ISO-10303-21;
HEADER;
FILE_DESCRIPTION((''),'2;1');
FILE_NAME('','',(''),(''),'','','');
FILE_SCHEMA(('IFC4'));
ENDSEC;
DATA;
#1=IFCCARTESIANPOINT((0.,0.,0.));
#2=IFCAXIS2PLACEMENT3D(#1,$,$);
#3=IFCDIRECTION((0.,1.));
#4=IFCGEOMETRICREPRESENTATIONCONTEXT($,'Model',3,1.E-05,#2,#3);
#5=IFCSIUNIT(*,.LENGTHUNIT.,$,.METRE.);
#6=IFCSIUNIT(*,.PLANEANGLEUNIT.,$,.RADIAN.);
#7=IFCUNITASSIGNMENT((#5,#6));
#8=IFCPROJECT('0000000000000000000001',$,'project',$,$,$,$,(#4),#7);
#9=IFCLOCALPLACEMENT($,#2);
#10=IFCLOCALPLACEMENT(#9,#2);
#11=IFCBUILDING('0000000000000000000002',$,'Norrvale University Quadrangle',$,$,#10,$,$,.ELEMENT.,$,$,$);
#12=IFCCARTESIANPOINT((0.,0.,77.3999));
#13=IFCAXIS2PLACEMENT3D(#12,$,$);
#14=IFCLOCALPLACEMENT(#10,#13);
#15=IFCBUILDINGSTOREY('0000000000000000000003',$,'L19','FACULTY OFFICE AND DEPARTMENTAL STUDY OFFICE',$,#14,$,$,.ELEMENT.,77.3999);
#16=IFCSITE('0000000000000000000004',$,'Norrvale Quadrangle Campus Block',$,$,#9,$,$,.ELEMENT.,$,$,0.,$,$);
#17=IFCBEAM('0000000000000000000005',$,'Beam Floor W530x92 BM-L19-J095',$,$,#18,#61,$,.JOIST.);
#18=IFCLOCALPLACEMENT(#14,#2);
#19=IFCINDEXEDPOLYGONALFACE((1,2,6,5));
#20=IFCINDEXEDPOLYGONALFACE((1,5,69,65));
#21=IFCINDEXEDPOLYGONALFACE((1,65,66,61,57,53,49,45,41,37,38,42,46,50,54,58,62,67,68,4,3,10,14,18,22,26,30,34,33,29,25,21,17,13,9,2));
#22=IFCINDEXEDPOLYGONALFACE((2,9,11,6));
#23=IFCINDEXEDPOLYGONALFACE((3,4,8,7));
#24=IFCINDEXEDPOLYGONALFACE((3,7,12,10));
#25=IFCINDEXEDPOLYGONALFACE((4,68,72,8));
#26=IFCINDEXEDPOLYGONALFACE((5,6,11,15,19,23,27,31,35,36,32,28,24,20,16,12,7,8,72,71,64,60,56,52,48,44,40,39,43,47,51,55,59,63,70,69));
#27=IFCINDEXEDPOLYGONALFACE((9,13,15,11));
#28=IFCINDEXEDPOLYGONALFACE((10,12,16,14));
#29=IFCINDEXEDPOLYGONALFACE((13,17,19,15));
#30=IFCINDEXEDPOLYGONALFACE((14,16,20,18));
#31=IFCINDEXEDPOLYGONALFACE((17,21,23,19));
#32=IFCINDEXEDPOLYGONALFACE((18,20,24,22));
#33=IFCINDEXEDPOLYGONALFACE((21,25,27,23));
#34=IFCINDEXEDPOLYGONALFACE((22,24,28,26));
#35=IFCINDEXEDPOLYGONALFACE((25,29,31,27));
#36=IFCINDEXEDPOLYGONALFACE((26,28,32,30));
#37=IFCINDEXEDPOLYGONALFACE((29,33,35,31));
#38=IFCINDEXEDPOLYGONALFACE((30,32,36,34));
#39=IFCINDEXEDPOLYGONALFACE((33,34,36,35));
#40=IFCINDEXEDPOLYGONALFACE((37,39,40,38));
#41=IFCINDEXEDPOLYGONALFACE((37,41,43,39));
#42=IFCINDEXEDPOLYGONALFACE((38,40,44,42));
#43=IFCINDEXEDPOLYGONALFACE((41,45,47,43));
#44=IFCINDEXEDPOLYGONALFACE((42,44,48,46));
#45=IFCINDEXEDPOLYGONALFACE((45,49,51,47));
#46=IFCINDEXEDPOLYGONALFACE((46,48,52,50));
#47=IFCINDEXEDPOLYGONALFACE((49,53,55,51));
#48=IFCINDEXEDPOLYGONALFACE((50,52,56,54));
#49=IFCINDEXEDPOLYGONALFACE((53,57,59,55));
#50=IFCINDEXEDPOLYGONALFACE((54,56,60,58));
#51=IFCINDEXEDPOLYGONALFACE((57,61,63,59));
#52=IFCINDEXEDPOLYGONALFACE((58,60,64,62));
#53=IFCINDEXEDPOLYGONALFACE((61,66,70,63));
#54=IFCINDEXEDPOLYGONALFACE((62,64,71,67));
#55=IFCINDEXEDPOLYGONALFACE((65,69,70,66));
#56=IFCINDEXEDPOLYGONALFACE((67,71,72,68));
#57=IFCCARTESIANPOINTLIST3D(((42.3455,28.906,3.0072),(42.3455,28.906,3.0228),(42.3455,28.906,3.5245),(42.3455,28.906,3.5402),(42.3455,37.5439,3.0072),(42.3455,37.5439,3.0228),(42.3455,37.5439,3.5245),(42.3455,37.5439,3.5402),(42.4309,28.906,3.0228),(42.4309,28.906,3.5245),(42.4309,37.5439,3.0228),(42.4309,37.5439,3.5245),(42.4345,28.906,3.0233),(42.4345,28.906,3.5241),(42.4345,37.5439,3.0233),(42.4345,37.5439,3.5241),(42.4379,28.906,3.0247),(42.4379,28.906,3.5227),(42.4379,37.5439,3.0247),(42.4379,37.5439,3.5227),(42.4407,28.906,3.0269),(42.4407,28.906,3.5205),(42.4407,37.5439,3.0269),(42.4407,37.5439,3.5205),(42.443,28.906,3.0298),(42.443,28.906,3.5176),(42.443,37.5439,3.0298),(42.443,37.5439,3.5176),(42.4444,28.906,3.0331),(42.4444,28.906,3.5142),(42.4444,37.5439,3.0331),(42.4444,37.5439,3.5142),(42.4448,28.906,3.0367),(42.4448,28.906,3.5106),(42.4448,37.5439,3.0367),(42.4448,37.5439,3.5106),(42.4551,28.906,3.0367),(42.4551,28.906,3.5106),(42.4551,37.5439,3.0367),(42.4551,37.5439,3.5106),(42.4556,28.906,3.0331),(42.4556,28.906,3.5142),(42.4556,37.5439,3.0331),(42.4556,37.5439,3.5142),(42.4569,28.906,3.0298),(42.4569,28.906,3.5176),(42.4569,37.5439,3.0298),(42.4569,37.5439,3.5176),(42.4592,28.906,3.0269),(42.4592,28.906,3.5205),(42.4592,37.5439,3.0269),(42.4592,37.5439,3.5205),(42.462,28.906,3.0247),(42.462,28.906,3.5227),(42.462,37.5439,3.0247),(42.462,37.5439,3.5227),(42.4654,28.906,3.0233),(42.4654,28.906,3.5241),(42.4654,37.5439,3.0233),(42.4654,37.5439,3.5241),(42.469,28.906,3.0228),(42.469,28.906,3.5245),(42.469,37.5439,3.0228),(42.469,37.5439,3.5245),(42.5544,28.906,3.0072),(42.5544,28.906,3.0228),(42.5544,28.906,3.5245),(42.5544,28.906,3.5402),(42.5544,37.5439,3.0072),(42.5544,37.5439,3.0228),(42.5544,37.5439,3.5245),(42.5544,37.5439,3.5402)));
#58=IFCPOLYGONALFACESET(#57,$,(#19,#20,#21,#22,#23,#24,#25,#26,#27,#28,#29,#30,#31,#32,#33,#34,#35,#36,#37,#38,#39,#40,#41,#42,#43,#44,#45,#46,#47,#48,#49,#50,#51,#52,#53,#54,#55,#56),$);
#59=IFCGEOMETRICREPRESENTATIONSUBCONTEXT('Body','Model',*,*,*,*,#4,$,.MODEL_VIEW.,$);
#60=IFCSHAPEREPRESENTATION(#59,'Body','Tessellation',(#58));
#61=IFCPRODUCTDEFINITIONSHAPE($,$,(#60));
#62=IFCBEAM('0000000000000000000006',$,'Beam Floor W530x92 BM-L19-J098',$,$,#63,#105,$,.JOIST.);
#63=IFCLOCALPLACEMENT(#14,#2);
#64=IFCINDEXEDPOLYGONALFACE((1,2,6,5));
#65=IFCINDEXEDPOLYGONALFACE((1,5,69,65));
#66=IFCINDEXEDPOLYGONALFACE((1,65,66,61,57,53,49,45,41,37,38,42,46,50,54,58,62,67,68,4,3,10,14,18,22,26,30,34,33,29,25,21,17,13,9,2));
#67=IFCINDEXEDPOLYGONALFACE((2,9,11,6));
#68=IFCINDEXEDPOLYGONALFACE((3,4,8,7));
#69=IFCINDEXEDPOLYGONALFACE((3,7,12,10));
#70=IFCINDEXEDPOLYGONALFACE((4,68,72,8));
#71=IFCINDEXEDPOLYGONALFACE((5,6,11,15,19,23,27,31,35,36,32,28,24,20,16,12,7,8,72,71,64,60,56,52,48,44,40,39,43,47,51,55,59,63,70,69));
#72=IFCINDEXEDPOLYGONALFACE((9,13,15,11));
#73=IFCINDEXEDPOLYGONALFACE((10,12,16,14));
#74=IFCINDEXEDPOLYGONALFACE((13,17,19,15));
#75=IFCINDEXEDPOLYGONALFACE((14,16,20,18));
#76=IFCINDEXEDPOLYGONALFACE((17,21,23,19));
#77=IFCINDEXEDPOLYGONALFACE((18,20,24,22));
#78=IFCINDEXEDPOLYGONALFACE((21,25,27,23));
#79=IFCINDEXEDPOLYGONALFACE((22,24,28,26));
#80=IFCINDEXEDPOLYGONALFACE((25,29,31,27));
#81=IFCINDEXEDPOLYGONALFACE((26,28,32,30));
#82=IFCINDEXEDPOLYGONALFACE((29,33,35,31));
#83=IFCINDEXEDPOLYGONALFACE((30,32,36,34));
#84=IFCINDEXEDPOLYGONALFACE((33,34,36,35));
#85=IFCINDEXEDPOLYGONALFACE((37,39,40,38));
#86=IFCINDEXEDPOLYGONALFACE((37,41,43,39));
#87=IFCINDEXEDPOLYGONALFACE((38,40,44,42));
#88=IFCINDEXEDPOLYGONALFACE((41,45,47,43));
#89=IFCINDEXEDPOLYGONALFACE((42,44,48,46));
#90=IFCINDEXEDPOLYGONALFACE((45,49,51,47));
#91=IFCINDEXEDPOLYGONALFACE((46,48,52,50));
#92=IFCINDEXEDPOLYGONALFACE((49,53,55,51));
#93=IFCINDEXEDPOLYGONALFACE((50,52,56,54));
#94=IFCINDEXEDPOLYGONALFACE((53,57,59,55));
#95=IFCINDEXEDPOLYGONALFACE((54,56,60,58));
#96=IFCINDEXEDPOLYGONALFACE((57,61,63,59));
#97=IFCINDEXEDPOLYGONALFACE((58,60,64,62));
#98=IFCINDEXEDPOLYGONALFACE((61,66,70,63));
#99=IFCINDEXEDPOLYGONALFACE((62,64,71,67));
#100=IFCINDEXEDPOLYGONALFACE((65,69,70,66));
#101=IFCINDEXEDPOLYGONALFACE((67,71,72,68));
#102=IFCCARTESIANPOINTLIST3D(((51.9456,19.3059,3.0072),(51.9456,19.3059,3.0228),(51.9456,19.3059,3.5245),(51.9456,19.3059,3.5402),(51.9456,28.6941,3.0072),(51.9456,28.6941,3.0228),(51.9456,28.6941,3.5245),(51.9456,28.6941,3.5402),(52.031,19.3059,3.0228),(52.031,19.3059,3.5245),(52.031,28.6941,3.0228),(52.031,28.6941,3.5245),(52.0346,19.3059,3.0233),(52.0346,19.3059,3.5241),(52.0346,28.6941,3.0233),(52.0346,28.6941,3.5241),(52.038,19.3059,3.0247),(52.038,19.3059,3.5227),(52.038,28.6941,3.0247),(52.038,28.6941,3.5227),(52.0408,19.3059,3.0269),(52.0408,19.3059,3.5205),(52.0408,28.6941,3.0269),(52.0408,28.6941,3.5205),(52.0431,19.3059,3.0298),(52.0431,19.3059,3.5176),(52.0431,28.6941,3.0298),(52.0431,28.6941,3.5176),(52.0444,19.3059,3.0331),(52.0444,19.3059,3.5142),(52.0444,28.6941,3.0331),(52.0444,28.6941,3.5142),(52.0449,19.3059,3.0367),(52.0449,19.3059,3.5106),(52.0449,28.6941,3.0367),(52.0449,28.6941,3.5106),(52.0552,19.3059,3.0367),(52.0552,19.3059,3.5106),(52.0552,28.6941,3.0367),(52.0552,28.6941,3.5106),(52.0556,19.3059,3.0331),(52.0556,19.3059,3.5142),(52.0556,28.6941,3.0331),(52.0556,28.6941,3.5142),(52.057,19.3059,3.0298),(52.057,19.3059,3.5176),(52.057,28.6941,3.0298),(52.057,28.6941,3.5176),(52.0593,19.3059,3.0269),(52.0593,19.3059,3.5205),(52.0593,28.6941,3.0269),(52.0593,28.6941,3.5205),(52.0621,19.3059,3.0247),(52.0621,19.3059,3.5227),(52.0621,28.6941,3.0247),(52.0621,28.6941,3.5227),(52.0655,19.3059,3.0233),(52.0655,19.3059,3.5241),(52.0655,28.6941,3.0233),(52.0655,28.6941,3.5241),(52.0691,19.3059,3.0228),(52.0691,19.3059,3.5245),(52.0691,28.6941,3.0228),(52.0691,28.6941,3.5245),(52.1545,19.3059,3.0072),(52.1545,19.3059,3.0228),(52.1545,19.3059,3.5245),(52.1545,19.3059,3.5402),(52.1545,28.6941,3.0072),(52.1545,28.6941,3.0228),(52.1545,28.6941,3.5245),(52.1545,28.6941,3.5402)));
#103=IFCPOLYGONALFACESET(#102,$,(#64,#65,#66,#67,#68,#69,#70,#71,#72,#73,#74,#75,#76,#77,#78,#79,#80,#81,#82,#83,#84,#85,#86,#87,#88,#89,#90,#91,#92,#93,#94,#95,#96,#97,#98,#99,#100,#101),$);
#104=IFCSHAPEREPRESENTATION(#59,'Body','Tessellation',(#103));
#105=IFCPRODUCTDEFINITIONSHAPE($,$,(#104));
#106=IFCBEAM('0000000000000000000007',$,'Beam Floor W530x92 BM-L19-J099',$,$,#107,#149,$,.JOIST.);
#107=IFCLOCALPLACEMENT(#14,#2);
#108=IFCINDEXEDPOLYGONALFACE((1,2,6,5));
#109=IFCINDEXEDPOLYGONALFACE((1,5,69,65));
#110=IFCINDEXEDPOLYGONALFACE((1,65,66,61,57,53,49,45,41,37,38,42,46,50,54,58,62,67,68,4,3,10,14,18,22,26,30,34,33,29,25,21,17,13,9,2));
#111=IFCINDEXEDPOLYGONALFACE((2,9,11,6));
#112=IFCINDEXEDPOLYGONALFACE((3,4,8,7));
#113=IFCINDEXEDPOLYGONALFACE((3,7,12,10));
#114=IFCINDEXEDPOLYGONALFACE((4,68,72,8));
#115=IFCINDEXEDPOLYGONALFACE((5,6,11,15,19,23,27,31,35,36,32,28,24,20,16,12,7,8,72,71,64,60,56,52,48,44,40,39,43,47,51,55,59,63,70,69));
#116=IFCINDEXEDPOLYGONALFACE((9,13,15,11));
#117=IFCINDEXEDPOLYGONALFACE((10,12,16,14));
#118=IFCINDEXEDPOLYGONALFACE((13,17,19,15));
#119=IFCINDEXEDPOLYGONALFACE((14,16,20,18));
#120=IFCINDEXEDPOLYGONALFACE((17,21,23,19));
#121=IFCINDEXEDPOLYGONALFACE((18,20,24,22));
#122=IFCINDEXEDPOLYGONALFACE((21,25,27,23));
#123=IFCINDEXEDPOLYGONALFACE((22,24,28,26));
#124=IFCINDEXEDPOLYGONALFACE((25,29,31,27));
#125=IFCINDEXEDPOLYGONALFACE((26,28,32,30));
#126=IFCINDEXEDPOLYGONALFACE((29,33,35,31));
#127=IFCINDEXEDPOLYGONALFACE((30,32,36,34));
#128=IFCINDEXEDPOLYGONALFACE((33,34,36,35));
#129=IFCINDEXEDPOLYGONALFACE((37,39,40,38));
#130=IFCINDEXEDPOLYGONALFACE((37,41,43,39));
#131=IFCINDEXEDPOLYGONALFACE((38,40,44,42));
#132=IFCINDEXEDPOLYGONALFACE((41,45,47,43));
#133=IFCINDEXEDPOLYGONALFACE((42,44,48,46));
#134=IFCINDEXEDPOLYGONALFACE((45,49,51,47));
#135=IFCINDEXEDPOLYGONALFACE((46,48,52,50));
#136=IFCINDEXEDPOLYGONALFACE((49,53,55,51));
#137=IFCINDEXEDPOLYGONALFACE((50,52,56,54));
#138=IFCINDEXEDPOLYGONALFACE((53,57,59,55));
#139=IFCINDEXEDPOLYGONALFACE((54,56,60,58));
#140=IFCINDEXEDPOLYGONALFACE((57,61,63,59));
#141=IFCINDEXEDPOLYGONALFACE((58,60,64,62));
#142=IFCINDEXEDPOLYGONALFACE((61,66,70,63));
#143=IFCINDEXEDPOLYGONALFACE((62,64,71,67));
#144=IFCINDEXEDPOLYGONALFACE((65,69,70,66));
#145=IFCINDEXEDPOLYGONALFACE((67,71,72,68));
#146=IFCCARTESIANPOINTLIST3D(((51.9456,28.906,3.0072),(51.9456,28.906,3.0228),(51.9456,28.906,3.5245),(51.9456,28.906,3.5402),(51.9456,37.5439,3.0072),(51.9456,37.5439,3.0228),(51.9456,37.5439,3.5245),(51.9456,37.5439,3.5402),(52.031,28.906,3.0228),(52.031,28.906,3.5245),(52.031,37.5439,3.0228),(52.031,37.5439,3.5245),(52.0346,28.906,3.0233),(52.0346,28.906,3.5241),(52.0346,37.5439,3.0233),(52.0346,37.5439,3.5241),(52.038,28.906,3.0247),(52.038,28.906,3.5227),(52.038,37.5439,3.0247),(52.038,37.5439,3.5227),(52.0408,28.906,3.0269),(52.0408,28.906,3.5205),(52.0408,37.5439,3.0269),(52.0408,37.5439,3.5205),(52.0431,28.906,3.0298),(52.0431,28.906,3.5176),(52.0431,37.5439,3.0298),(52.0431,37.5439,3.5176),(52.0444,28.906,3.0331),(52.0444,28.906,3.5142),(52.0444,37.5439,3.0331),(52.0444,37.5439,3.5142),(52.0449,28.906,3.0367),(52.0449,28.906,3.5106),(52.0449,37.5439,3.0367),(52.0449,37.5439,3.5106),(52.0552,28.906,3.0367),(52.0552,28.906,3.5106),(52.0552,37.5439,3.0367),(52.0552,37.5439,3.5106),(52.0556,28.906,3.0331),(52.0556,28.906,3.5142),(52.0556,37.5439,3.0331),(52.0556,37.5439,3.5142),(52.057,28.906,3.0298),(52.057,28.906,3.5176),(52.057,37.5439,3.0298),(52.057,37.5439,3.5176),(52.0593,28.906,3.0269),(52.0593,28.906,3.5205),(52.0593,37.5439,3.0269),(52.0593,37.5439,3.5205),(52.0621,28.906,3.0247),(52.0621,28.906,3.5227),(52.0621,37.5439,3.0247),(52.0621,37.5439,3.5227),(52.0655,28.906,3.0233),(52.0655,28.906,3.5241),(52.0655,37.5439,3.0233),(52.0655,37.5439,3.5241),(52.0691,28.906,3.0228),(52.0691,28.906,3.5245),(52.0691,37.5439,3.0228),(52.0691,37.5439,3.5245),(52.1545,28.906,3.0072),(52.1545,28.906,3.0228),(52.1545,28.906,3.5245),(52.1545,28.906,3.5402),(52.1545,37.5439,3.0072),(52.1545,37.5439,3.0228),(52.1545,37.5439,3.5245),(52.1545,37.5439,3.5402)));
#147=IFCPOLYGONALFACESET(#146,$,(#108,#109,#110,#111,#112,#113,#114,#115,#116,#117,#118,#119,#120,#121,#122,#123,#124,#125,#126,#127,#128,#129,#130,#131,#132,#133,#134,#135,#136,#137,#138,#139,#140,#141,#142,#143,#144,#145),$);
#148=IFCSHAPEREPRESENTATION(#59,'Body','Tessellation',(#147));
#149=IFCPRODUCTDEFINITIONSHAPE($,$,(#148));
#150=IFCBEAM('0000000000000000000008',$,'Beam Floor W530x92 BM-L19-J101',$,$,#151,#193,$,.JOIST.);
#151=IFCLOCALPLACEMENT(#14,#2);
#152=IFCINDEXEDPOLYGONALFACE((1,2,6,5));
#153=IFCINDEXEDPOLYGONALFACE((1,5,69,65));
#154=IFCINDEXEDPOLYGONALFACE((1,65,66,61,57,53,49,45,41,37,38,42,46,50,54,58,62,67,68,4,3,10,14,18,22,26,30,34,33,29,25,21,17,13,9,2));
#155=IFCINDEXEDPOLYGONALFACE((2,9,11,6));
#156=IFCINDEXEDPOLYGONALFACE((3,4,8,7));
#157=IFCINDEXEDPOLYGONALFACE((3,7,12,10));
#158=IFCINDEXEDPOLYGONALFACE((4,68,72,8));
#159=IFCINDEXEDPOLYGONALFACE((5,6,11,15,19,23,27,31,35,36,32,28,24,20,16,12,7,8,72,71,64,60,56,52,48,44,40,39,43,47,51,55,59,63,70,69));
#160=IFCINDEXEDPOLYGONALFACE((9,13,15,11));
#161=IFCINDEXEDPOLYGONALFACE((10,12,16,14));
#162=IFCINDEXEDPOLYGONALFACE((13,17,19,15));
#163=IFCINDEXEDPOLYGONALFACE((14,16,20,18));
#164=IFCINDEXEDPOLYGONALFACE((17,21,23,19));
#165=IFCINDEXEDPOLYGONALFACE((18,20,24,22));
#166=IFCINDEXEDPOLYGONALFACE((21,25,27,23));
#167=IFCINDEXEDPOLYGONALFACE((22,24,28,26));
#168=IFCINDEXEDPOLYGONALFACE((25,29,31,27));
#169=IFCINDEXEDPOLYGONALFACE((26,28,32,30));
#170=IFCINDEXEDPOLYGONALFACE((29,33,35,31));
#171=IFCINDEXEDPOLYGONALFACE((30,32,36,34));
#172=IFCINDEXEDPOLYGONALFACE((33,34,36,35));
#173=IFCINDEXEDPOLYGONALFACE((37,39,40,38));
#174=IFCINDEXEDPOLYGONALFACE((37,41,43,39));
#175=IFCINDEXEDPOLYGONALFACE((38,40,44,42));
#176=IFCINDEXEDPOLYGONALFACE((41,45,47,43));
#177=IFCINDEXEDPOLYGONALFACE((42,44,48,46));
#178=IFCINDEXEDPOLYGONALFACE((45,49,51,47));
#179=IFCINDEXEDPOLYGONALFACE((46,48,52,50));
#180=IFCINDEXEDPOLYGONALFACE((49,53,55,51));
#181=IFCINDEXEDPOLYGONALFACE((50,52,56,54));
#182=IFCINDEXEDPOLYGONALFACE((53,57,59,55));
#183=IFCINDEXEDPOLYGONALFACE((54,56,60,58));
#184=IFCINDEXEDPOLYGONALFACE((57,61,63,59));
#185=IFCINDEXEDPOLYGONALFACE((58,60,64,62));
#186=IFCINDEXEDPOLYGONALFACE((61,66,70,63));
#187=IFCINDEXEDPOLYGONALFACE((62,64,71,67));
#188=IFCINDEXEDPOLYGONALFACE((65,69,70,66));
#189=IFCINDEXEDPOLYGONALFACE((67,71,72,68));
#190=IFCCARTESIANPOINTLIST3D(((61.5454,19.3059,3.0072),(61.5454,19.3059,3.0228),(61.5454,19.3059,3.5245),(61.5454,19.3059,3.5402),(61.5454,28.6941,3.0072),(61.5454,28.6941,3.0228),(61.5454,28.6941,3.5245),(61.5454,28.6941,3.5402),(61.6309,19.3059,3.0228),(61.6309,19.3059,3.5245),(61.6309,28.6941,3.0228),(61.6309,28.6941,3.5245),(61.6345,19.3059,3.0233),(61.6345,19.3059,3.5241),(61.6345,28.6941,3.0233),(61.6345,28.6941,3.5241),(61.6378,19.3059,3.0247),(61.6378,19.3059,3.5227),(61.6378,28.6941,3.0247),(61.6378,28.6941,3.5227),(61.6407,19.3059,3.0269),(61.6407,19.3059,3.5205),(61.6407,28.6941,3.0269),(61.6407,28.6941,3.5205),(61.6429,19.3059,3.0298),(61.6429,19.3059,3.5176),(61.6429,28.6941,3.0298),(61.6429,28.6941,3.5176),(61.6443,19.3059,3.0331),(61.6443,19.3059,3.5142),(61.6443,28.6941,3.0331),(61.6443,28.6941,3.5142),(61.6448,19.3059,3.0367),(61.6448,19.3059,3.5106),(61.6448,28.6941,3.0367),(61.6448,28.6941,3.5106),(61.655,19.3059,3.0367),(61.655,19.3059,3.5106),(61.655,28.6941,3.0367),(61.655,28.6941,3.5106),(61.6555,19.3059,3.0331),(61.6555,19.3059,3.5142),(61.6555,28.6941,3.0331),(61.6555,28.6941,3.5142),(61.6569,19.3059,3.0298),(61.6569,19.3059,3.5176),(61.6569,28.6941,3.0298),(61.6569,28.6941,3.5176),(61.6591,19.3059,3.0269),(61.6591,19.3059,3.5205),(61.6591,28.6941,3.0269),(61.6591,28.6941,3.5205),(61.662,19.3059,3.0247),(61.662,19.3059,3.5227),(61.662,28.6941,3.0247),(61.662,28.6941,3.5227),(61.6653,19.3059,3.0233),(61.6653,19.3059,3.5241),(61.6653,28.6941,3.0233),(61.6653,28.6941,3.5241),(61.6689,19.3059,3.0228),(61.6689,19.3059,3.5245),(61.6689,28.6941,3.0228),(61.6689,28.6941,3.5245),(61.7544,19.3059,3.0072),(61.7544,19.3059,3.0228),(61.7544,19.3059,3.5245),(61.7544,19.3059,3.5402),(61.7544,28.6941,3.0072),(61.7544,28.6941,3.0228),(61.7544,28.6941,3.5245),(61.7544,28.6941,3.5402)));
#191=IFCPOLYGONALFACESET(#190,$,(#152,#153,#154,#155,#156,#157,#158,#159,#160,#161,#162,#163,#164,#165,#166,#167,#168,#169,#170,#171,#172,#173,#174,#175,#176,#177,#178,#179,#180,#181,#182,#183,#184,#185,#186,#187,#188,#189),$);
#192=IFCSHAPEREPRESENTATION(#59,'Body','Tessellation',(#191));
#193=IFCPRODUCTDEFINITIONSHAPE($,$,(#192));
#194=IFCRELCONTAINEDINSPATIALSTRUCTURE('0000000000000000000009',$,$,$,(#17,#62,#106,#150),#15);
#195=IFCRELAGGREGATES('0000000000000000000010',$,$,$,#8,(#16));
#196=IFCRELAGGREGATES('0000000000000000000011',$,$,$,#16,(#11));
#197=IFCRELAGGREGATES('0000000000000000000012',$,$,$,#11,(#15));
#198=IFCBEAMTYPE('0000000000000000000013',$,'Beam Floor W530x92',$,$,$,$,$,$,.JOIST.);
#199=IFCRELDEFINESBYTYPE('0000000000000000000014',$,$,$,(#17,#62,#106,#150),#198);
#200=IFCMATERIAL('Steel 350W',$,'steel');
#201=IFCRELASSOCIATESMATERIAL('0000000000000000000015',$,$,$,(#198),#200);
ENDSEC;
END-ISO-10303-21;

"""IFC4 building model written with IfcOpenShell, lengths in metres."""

from ifc_helpers import new_model, si_unit, direction, frame, origin, origin_2d, place, context, subcontext, project, spatial, i_section, extrude, material, material_profile, profile_set, type_object, element, save


model = new_model("IFC4")

# Units and contexts
model_context = context("Model", 3, precision=1e-05, world=origin(), true_north=direction((0.0, 1.0)))
body_context = subcontext(model_context, "Body", "Model", "MODEL_VIEW")
ifc_project = project(units=[si_unit("LENGTHUNIT", "METRE"), si_unit("PLANEANGLEUNIT", "RADIAN")], contexts=[model_context])

# Site, building, storey
site_placement = place(None, origin())
site = spatial("IfcSite", under=ifc_project, at=site_placement, Name="Norrvale Quadrangle Campus Block", CompositionType="ELEMENT", RefElevation=0.0)
building_placement = place(site_placement, origin())
building = spatial("IfcBuilding", under=site, at=building_placement, Name="Norrvale University Quadrangle", CompositionType="ELEMENT")
storey_placement = place(building_placement, frame((0.0, 0.0, 77.3999)))
storey = spatial("IfcBuildingStorey", under=building, at=storey_placement, Name="L19", Description="FACULTY OFFICE AND DEPARTMENTAL STUDY OFFICE", CompositionType="ELEMENT", Elevation=77.3999)

# Beams
ifc_material_1 = material(Name="Steel 350W", Category="steel")
ifc_material_profile_1 = material_profile(ifc_material_1, i_section(OverallWidth=0.209, OverallDepth=0.533, WebThickness=0.0103, FlangeThickness=0.0156, FilletRadius=0.0139, at=origin_2d()), Name="Steel 350W")
ifc_profile_set_1 = profile_set([ifc_material_profile_1], Name="Steel 350W")
beam_type_1 = type_object("IfcBeamType", Name="Beam Floor W530x92", PredefinedType="JOIST", material=ifc_profile_set_1)
beam_1_placement = place(storey_placement, frame((42.45, 28.906, 3.2737), z_axis=(0.0, 1.0, 0.0), x_axis=(-1.0, 0.0, 0.0)))
element("IfcBeam", 1, at=beam_1_placement, inside=storey, type_object=beam_type_1, Name="Beam Floor W530x92 BM-L19-J095", PredefinedType="JOIST", context=body_context, shape_type="SweptSolid", body=[
    extrude(i_section(OverallWidth=0.209, OverallDepth=0.533, WebThickness=0.0103, FlangeThickness=0.0156, FilletRadius=0.0139, at=origin_2d()), origin(), (0.0, 0.0, 1.0), 8.6379),
])
beam_2_placement = place(storey_placement, frame((52.05, 19.3059, 3.2737), z_axis=(0.0, 1.0, 0.0), x_axis=(-1.0, 0.0, 0.0)))
element("IfcBeam", 2, at=beam_2_placement, inside=storey, type_object=beam_type_1, Name="Beam Floor W530x92 BM-L19-J098", PredefinedType="JOIST", context=body_context, shape_type="SweptSolid", body=[
    extrude(i_section(OverallWidth=0.209, OverallDepth=0.533, WebThickness=0.0103, FlangeThickness=0.0156, FilletRadius=0.0139, at=origin_2d()), origin(), (0.0, 0.0, 1.0), 9.3882),
])
beam_3_placement = place(storey_placement, frame((52.05, 28.906, 3.2737), z_axis=(0.0, 1.0, 0.0), x_axis=(-1.0, 0.0, 0.0)))
element("IfcBeam", 3, at=beam_3_placement, inside=storey, type_object=beam_type_1, Name="Beam Floor W530x92 BM-L19-J099", PredefinedType="JOIST", context=body_context, shape_type="SweptSolid", body=[
    extrude(i_section(OverallWidth=0.209, OverallDepth=0.533, WebThickness=0.0103, FlangeThickness=0.0156, FilletRadius=0.0139, at=origin_2d()), origin(), (0.0, 0.0, 1.0), 8.6379),
])
beam_4_placement = place(storey_placement, frame((61.6499, 19.3059, 3.2737), z_axis=(0.0, 1.0, 0.0), x_axis=(-1.0, 0.0, 0.0)))
element("IfcBeam", 4, at=beam_4_placement, inside=storey, type_object=beam_type_1, Name="Beam Floor W530x92 BM-L19-J101", PredefinedType="JOIST", context=body_context, shape_type="SweptSolid", body=[
    extrude(i_section(OverallWidth=0.209, OverallDepth=0.533, WebThickness=0.0103, FlangeThickness=0.0156, FilletRadius=0.0139, at=origin_2d()), origin(), (0.0, 0.0, 1.0), 9.3882),
])

save(model, "model.ifc")
